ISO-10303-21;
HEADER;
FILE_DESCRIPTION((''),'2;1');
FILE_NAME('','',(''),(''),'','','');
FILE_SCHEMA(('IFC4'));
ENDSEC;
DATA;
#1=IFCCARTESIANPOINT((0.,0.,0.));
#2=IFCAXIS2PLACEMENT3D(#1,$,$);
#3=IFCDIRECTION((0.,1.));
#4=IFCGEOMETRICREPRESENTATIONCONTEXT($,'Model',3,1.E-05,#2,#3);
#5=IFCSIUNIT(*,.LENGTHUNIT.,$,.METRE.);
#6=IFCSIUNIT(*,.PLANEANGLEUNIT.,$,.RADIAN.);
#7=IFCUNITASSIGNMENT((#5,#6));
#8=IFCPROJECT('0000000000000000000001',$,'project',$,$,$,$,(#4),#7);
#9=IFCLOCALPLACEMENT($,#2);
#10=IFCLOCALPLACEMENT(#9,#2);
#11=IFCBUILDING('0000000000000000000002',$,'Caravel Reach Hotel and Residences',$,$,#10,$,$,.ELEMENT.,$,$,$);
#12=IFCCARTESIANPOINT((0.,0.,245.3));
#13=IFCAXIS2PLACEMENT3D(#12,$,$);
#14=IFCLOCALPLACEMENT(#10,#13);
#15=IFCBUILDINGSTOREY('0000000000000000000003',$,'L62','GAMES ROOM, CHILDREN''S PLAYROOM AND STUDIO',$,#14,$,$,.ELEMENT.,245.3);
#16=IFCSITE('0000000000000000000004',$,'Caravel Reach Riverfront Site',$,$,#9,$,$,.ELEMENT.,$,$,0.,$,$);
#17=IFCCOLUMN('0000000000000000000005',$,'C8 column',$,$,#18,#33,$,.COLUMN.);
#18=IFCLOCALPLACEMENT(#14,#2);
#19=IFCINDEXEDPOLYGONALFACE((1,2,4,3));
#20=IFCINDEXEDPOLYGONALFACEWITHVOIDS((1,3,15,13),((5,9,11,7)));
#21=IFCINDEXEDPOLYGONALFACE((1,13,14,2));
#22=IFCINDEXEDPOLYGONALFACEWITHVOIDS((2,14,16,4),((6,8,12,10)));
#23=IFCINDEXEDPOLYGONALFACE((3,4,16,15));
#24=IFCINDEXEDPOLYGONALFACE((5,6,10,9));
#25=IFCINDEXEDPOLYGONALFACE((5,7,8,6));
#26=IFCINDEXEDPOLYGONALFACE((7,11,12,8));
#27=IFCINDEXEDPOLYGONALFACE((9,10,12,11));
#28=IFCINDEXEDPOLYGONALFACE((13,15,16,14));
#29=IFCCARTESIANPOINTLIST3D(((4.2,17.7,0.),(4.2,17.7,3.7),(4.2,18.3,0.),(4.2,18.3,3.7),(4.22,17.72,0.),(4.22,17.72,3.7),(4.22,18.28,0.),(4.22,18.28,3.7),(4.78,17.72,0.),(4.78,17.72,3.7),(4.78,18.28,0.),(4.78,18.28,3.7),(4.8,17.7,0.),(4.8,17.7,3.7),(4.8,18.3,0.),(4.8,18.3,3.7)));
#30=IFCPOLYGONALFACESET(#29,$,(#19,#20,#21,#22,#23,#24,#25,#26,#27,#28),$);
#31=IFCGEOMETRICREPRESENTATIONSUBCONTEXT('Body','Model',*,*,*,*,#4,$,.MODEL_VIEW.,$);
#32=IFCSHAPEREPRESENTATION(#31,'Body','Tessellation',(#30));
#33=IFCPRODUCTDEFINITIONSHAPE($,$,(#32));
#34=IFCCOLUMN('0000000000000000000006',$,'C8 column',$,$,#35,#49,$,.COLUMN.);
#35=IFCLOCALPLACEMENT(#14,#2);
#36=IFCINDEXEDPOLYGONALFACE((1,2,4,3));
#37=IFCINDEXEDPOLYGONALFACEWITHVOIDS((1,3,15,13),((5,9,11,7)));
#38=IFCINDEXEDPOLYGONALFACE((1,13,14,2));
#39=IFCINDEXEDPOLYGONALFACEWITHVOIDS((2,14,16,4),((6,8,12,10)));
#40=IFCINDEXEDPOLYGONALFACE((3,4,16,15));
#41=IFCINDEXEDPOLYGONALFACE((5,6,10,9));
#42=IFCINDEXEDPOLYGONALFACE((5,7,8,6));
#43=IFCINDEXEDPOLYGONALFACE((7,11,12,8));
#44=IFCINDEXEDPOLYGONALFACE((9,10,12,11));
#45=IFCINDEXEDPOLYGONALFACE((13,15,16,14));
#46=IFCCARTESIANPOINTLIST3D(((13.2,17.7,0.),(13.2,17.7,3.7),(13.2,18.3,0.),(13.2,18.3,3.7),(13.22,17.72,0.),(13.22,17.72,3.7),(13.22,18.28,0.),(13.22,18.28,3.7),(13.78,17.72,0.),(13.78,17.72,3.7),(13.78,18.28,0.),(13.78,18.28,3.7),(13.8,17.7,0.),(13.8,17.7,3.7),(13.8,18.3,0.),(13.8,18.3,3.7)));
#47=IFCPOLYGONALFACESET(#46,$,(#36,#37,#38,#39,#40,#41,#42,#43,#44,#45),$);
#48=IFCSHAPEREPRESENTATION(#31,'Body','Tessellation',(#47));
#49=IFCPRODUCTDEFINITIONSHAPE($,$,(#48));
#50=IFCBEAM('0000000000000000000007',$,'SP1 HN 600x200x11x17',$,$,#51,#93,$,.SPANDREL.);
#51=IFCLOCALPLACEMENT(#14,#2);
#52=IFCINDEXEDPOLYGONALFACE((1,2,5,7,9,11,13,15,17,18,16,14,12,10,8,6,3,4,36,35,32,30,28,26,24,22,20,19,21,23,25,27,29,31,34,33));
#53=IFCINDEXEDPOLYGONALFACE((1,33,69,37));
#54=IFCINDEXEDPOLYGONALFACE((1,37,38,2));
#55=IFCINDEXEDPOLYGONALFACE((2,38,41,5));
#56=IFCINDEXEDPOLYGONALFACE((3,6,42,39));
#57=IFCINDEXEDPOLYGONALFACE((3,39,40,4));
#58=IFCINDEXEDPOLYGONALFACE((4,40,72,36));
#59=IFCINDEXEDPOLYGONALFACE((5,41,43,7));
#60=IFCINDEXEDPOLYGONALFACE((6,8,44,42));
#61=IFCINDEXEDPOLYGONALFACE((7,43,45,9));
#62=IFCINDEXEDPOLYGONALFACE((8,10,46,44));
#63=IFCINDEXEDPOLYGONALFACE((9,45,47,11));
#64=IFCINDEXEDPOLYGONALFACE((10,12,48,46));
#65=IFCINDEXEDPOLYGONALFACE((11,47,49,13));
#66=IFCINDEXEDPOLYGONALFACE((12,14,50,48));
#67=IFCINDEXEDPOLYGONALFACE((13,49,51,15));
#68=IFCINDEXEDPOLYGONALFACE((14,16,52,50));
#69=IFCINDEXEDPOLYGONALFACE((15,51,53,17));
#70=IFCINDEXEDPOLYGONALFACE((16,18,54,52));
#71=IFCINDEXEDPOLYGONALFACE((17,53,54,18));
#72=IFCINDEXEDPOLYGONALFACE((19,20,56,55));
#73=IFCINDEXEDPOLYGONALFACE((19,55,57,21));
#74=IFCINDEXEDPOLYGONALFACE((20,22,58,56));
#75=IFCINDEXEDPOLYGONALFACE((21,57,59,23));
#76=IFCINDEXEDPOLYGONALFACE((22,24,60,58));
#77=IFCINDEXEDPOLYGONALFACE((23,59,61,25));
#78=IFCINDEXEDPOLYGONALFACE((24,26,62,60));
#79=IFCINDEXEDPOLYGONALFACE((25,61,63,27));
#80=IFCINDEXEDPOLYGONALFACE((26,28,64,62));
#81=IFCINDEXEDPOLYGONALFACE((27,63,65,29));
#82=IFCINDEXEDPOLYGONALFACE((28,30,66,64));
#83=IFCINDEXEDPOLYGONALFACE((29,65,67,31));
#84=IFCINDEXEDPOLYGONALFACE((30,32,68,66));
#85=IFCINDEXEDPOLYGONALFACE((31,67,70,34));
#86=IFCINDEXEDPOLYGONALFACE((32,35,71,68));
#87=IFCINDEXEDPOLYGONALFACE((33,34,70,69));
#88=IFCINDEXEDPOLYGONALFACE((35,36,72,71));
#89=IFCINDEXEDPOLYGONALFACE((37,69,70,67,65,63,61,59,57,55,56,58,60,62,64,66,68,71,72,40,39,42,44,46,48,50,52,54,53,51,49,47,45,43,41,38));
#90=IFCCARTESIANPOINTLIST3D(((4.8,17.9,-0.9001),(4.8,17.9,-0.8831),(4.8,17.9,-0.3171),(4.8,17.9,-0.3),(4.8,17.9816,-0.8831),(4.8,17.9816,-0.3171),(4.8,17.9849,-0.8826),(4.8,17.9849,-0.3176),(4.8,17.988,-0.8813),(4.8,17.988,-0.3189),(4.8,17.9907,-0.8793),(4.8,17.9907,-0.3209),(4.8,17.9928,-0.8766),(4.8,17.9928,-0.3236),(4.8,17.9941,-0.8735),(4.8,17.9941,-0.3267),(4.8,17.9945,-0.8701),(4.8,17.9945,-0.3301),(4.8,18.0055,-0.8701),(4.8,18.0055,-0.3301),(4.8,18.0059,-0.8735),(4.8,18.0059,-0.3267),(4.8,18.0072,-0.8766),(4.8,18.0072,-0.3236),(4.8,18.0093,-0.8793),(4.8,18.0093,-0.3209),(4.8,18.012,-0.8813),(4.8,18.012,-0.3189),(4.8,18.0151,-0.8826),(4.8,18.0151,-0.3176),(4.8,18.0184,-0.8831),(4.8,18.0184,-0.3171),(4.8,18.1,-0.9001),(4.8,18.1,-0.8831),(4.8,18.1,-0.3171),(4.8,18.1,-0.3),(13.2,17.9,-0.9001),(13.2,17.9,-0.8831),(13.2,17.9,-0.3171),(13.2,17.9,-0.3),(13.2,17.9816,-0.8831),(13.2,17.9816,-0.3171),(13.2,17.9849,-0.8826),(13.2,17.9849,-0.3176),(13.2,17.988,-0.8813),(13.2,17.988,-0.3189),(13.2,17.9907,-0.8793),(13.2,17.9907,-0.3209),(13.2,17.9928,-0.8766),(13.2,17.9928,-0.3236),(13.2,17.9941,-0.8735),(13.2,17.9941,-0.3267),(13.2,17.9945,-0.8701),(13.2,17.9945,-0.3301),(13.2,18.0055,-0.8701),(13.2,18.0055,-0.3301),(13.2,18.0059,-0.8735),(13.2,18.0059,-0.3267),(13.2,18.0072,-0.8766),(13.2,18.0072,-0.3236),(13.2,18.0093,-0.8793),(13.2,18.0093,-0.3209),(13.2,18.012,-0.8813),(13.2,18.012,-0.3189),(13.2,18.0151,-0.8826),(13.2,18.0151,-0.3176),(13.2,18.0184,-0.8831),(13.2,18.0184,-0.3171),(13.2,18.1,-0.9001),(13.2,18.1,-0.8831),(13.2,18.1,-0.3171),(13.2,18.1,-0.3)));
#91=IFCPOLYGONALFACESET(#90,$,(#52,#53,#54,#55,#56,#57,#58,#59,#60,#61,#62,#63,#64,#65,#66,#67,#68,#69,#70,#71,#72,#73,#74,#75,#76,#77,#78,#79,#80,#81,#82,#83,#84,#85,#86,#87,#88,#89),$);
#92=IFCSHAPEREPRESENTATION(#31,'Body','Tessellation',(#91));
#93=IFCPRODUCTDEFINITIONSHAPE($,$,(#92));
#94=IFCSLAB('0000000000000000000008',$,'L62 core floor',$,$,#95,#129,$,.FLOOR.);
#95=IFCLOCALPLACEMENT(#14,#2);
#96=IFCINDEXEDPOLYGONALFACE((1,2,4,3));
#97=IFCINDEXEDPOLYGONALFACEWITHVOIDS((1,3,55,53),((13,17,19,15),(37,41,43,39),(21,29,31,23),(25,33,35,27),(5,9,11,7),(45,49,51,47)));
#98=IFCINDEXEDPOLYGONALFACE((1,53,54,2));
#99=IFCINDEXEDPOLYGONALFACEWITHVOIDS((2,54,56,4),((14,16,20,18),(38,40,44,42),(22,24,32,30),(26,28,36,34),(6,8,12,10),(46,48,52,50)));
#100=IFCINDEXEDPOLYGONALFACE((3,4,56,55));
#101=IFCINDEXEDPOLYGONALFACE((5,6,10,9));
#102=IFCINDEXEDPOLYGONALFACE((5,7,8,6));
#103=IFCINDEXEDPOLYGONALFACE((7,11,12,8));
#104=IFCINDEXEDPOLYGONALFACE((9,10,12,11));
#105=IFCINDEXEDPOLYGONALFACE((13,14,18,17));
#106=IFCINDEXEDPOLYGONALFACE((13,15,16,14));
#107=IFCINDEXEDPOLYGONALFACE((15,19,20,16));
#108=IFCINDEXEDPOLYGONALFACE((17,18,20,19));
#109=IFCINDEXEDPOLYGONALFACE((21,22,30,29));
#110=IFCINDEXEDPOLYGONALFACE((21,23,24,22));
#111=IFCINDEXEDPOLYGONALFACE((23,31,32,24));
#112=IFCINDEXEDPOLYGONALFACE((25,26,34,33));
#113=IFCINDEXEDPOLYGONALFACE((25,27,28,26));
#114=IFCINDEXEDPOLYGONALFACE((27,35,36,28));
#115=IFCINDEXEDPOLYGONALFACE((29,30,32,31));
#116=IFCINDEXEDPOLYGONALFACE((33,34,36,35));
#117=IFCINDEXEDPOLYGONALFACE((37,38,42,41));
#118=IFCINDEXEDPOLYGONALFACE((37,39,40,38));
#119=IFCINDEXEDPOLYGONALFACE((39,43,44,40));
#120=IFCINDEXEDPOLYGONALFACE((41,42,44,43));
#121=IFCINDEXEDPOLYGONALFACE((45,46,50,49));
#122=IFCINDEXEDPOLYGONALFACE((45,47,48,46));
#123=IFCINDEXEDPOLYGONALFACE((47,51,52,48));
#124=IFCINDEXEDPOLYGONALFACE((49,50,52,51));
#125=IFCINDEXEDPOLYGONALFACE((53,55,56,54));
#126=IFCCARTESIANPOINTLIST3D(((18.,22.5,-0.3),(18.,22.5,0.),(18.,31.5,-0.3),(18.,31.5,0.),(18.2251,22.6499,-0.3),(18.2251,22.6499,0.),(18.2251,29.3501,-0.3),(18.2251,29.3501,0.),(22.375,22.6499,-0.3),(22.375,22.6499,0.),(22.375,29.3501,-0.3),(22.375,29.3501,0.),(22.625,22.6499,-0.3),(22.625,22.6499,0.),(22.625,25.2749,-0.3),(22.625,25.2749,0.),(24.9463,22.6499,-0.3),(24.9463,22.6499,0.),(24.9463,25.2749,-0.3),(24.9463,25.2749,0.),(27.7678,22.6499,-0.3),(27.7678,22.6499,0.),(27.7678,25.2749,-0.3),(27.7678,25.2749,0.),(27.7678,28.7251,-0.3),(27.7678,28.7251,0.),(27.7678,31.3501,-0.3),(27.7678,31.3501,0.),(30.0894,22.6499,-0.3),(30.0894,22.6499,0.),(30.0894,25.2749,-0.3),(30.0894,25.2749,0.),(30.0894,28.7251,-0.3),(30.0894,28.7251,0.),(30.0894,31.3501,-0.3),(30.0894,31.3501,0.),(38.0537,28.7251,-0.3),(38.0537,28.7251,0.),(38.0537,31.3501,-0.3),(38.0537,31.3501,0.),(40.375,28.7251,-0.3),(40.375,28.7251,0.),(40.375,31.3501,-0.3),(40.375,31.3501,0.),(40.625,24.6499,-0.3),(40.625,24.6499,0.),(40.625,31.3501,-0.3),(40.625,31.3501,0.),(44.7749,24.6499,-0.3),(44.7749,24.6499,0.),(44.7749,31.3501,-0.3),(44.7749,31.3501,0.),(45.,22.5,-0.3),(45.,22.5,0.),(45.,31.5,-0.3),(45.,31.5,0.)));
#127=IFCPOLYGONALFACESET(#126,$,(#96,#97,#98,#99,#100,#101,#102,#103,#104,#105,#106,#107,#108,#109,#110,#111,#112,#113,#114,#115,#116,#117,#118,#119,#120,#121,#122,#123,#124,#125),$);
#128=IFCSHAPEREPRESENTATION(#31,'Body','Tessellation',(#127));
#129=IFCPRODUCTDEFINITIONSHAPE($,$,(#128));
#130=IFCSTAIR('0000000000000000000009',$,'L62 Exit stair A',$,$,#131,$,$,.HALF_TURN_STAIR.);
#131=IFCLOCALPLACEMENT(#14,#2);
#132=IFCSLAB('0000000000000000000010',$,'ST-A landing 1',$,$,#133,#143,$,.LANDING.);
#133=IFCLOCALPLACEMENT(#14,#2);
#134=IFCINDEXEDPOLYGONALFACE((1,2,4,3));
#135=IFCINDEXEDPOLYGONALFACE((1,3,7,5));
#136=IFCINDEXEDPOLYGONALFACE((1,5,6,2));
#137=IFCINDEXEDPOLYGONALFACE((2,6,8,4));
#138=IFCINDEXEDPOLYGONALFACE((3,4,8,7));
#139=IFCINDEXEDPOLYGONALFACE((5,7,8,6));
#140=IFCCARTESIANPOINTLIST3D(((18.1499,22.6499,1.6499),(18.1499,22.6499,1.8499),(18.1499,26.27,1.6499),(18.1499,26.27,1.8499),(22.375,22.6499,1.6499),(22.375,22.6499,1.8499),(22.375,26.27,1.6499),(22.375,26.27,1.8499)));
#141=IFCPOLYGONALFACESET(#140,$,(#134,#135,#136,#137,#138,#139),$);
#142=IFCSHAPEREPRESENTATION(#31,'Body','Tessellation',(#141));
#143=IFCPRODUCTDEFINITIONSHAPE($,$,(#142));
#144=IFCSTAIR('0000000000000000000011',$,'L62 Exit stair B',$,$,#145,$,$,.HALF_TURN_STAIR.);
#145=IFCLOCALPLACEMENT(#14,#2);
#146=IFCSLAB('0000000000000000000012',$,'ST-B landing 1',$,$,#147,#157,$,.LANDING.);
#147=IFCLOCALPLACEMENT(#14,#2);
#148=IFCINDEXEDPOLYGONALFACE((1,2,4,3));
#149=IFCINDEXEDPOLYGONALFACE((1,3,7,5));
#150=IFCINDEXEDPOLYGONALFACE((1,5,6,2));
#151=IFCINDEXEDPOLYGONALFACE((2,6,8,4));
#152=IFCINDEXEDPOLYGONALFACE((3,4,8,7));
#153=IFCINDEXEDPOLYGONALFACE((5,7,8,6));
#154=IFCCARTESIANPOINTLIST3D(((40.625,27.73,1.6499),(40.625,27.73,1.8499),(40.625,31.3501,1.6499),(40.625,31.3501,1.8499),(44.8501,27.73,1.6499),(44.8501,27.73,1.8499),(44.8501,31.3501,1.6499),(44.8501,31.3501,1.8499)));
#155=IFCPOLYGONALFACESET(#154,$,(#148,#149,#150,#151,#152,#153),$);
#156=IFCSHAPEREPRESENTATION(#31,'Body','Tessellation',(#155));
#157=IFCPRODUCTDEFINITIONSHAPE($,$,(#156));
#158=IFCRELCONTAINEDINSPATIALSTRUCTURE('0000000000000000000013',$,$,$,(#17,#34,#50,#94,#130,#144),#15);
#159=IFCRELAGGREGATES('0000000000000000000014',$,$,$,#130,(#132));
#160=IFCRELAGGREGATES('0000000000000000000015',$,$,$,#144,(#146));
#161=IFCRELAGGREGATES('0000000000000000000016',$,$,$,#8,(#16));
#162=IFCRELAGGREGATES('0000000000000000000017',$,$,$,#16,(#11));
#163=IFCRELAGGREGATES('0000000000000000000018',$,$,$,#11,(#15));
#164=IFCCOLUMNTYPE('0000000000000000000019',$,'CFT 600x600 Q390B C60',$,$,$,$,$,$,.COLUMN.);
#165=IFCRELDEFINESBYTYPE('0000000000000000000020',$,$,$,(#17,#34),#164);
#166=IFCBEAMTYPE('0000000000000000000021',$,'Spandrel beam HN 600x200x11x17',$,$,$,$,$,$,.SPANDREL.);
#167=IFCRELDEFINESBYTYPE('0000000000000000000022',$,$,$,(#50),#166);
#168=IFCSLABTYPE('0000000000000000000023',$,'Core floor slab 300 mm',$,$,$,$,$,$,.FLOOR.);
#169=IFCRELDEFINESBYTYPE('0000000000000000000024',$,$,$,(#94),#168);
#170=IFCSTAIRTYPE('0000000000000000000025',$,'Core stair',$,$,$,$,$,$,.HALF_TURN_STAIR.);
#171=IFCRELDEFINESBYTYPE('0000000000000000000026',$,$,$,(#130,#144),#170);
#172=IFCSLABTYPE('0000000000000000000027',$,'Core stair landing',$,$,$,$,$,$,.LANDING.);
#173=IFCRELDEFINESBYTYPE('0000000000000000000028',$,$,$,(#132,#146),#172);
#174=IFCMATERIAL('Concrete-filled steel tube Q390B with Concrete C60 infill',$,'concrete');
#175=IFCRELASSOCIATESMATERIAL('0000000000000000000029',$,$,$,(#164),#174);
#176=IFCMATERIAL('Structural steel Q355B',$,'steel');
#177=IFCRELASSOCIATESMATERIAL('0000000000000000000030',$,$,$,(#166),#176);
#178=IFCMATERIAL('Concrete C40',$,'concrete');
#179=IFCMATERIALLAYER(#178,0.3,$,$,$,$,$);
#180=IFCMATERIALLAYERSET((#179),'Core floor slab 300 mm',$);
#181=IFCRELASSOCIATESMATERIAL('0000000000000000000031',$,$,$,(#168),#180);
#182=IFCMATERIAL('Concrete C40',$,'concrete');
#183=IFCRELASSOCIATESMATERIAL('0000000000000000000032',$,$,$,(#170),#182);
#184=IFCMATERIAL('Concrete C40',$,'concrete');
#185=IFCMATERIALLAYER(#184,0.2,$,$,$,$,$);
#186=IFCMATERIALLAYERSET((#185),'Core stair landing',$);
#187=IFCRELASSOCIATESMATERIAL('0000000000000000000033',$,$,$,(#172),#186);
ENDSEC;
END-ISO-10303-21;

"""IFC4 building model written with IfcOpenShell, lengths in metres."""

from ifc_helpers import new_model, si_unit, direction, frame, origin, origin_2d, place, context, subcontext, project, spatial, polyline, hollow_rectangle, i_section, outline, extrude, material, layer, layer_set, material_profile, profile_set, type_object, element, aggregate, save


model = new_model("IFC4")

# Units and contexts
model_context = context("Model", 3, precision=1e-05, world=origin(), true_north=direction((0.0, 1.0)))
body_context = subcontext(model_context, "Body", "Model", "MODEL_VIEW")
ifc_project = project(units=[si_unit("LENGTHUNIT", "METRE"), si_unit("PLANEANGLEUNIT", "RADIAN")], contexts=[model_context])

# Site, building, storey
site_placement = place(None, origin())
site = spatial("IfcSite", under=ifc_project, at=site_placement, Name="Caravel Reach Riverfront Site", CompositionType="ELEMENT", RefElevation=0.0)
building_placement = place(site_placement, origin())
building = spatial("IfcBuilding", under=site, at=building_placement, Name="Caravel Reach Hotel and Residences", CompositionType="ELEMENT")
storey_placement = place(building_placement, frame((0.0, 0.0, 245.3)))
storey = spatial("IfcBuildingStorey", under=building, at=storey_placement, Name="L62", Description="GAMES ROOM, CHILDREN'S PLAYROOM AND STUDIO", CompositionType="ELEMENT", Elevation=245.3)

# Columns
ifc_material_1 = material(Name="Concrete-filled steel tube Q390B with Concrete C60 infill", Category="concrete")
ifc_material_profile_1 = material_profile(ifc_material_1, hollow_rectangle(XDim=0.6001, YDim=0.6001, WallThickness=0.02, at=origin_2d()), Name="RHS 600x600x20")
ifc_profile_set_1 = profile_set([ifc_material_profile_1], Name="Concrete-filled steel tube Q390B with Concrete C60 infill")
column_type = type_object("IfcColumnType", Name="CFT 600x600 Q390B C60", PredefinedType="COLUMN", material=ifc_profile_set_1)
for number, where, z_axis, x_axis, name in (
    (1, (4.5, 18.0, 0.0), (0.0, 0.0, 1.0), (1.0, 0.0, 0.0), "C8 column"),
    (2, (13.5, 18.0, 0.0), (0.0, 0.0, 1.0), (1.0, 0.0, 0.0), "C8 column"),
):
    element("IfcColumn", number, at=place(storey_placement, frame(where, z_axis=z_axis, x_axis=x_axis)), inside=storey, type_object=column_type, Name=name, PredefinedType="COLUMN", context=body_context, shape_type="SweptSolid", body=[
        extrude(hollow_rectangle(XDim=0.6001, YDim=0.6001, WallThickness=0.02, at=origin_2d()), origin(), (0.0, 0.0, 1.0), 3.7),
    ])

# Beam
ifc_material_2 = material(Name="Structural steel Q355B", Category="steel")
ifc_material_profile_2 = material_profile(ifc_material_2, i_section(OverallWidth=0.2, OverallDepth=0.6001, WebThickness=0.011, FlangeThickness=0.0171, FilletRadius=0.0129, at=origin_2d()), Name="HN 600x200x11x17")
ifc_profile_set_2 = profile_set([ifc_material_profile_2], Name="Structural steel Q355B")
beam_type = type_object("IfcBeamType", Name="Spandrel beam HN 600x200x11x17", PredefinedType="SPANDREL", material=ifc_profile_set_2)
beam_placement = place(storey_placement, frame((4.8, 18.0, -0.6001), z_axis=(1.0, 0.0, 0.0), x_axis=(0.0, 1.0, 0.0)))
element("IfcBeam", 3, at=beam_placement, inside=storey, type_object=beam_type, Name="SP1 HN 600x200x11x17", PredefinedType="SPANDREL", context=body_context, shape_type="SweptSolid", body=[
    extrude(i_section(OverallWidth=0.2, OverallDepth=0.6001, WebThickness=0.011, FlangeThickness=0.0171, FilletRadius=0.0129, at=origin_2d()), origin(), (0.0, 0.0, 1.0), 8.3999),
])

# Slab
ifc_material_3 = material(Name="Concrete C40", Category="concrete")
ifc_layer_1 = layer(ifc_material_3, 0.3)
ifc_layer_set_1 = layer_set([ifc_layer_1], Name="Core floor slab 300 mm")
slab_type_1 = type_object("IfcSlabType", Name="Core floor slab 300 mm", PredefinedType="FLOOR", material=ifc_layer_set_1)
slab_1_placement = place(storey_placement, frame((0.0, 0.0, -0.3)))
element("IfcSlab", 4, at=slab_1_placement, inside=storey, type_object=slab_type_1, Name="L62 core floor", PredefinedType="FLOOR", context=body_context, shape_type="SweptSolid", body=[
    extrude(outline(polyline([(18.0, 31.5), (45.0, 31.5), (45.0, 22.5), (18.0, 22.5), (18.0, 31.5)]), holes=[polyline([(22.625, 22.6499), (24.9463, 22.6499), (24.9463, 25.2749), (22.625, 25.2749), (22.625, 22.6499)]), polyline([(27.7678, 25.2749), (27.7678, 22.6499), (30.0894, 22.6499), (30.0894, 25.2749), (27.7678, 25.2749)]), polyline([(22.375, 22.6499), (22.375, 29.3501), (18.2251, 29.3501), (18.2251, 22.6499), (22.375, 22.6499)]), polyline([(40.625, 24.6499), (44.7749, 24.6499), (44.7749, 31.3501), (40.625, 31.3501), (40.625, 24.6499)]), polyline([(27.7678, 31.3501), (27.7678, 28.7251), (30.0894, 28.7251), (30.0894, 31.3501), (27.7678, 31.3501)]), polyline([(38.0537, 31.3501), (38.0537, 28.7251), (40.375, 28.7251), (40.375, 31.3501), (38.0537, 31.3501)])]), origin(), (0.0, 0.0, 1.0), 0.3),
])

# Stairs, slabs
ifc_material_4 = material(Name="Concrete C40", Category="concrete")
stair_type = type_object("IfcStairType", Name="Core stair", PredefinedType="HALF_TURN_STAIR", material=ifc_material_4)
stair_1_placement = place(storey_placement, origin())
stair_1 = element("IfcStair", 5, at=stair_1_placement, inside=storey, type_object=stair_type, Name="L62 Exit stair A", PredefinedType="HALF_TURN_STAIR")
ifc_material_5 = material(Name="Concrete C40", Category="concrete")
ifc_layer_2 = layer(ifc_material_5, 0.2)
ifc_layer_set_2 = layer_set([ifc_layer_2], Name="Core stair landing")
slab_type_2 = type_object("IfcSlabType", Name="Core stair landing", PredefinedType="LANDING", material=ifc_layer_set_2)
slab_2_placement = place(storey_placement, frame((0.0, 0.0, 1.6499)))
slab_2 = element("IfcSlab", 6, at=slab_2_placement, type_object=slab_type_2, Name="ST-A landing 1", PredefinedType="LANDING", context=body_context, shape_type="SweptSolid", body=[
    extrude(outline(polyline([(18.1499, 26.27), (18.1499, 22.6499), (22.375, 22.6499), (22.375, 26.27), (18.1499, 26.27)])), origin(), (0.0, 0.0, 1.0), 0.2),
])
aggregate(stair_1, [slab_2])
stair_2_placement = place(storey_placement, origin())
stair_2 = element("IfcStair", 7, at=stair_2_placement, inside=storey, type_object=stair_type, Name="L62 Exit stair B", PredefinedType="HALF_TURN_STAIR")
slab_3_placement = place(storey_placement, frame((0.0, 0.0, 1.6499)))
slab_3 = element("IfcSlab", 8, at=slab_3_placement, type_object=slab_type_2, Name="ST-B landing 1", PredefinedType="LANDING", context=body_context, shape_type="SweptSolid", body=[
    extrude(outline(polyline([(44.8501, 27.73), (44.8501, 31.3501), (40.625, 31.3501), (40.625, 27.73), (44.8501, 27.73)])), origin(), (0.0, 0.0, 1.0), 0.2),
])
aggregate(stair_2, [slab_3])

save(model, "model.ifc")
